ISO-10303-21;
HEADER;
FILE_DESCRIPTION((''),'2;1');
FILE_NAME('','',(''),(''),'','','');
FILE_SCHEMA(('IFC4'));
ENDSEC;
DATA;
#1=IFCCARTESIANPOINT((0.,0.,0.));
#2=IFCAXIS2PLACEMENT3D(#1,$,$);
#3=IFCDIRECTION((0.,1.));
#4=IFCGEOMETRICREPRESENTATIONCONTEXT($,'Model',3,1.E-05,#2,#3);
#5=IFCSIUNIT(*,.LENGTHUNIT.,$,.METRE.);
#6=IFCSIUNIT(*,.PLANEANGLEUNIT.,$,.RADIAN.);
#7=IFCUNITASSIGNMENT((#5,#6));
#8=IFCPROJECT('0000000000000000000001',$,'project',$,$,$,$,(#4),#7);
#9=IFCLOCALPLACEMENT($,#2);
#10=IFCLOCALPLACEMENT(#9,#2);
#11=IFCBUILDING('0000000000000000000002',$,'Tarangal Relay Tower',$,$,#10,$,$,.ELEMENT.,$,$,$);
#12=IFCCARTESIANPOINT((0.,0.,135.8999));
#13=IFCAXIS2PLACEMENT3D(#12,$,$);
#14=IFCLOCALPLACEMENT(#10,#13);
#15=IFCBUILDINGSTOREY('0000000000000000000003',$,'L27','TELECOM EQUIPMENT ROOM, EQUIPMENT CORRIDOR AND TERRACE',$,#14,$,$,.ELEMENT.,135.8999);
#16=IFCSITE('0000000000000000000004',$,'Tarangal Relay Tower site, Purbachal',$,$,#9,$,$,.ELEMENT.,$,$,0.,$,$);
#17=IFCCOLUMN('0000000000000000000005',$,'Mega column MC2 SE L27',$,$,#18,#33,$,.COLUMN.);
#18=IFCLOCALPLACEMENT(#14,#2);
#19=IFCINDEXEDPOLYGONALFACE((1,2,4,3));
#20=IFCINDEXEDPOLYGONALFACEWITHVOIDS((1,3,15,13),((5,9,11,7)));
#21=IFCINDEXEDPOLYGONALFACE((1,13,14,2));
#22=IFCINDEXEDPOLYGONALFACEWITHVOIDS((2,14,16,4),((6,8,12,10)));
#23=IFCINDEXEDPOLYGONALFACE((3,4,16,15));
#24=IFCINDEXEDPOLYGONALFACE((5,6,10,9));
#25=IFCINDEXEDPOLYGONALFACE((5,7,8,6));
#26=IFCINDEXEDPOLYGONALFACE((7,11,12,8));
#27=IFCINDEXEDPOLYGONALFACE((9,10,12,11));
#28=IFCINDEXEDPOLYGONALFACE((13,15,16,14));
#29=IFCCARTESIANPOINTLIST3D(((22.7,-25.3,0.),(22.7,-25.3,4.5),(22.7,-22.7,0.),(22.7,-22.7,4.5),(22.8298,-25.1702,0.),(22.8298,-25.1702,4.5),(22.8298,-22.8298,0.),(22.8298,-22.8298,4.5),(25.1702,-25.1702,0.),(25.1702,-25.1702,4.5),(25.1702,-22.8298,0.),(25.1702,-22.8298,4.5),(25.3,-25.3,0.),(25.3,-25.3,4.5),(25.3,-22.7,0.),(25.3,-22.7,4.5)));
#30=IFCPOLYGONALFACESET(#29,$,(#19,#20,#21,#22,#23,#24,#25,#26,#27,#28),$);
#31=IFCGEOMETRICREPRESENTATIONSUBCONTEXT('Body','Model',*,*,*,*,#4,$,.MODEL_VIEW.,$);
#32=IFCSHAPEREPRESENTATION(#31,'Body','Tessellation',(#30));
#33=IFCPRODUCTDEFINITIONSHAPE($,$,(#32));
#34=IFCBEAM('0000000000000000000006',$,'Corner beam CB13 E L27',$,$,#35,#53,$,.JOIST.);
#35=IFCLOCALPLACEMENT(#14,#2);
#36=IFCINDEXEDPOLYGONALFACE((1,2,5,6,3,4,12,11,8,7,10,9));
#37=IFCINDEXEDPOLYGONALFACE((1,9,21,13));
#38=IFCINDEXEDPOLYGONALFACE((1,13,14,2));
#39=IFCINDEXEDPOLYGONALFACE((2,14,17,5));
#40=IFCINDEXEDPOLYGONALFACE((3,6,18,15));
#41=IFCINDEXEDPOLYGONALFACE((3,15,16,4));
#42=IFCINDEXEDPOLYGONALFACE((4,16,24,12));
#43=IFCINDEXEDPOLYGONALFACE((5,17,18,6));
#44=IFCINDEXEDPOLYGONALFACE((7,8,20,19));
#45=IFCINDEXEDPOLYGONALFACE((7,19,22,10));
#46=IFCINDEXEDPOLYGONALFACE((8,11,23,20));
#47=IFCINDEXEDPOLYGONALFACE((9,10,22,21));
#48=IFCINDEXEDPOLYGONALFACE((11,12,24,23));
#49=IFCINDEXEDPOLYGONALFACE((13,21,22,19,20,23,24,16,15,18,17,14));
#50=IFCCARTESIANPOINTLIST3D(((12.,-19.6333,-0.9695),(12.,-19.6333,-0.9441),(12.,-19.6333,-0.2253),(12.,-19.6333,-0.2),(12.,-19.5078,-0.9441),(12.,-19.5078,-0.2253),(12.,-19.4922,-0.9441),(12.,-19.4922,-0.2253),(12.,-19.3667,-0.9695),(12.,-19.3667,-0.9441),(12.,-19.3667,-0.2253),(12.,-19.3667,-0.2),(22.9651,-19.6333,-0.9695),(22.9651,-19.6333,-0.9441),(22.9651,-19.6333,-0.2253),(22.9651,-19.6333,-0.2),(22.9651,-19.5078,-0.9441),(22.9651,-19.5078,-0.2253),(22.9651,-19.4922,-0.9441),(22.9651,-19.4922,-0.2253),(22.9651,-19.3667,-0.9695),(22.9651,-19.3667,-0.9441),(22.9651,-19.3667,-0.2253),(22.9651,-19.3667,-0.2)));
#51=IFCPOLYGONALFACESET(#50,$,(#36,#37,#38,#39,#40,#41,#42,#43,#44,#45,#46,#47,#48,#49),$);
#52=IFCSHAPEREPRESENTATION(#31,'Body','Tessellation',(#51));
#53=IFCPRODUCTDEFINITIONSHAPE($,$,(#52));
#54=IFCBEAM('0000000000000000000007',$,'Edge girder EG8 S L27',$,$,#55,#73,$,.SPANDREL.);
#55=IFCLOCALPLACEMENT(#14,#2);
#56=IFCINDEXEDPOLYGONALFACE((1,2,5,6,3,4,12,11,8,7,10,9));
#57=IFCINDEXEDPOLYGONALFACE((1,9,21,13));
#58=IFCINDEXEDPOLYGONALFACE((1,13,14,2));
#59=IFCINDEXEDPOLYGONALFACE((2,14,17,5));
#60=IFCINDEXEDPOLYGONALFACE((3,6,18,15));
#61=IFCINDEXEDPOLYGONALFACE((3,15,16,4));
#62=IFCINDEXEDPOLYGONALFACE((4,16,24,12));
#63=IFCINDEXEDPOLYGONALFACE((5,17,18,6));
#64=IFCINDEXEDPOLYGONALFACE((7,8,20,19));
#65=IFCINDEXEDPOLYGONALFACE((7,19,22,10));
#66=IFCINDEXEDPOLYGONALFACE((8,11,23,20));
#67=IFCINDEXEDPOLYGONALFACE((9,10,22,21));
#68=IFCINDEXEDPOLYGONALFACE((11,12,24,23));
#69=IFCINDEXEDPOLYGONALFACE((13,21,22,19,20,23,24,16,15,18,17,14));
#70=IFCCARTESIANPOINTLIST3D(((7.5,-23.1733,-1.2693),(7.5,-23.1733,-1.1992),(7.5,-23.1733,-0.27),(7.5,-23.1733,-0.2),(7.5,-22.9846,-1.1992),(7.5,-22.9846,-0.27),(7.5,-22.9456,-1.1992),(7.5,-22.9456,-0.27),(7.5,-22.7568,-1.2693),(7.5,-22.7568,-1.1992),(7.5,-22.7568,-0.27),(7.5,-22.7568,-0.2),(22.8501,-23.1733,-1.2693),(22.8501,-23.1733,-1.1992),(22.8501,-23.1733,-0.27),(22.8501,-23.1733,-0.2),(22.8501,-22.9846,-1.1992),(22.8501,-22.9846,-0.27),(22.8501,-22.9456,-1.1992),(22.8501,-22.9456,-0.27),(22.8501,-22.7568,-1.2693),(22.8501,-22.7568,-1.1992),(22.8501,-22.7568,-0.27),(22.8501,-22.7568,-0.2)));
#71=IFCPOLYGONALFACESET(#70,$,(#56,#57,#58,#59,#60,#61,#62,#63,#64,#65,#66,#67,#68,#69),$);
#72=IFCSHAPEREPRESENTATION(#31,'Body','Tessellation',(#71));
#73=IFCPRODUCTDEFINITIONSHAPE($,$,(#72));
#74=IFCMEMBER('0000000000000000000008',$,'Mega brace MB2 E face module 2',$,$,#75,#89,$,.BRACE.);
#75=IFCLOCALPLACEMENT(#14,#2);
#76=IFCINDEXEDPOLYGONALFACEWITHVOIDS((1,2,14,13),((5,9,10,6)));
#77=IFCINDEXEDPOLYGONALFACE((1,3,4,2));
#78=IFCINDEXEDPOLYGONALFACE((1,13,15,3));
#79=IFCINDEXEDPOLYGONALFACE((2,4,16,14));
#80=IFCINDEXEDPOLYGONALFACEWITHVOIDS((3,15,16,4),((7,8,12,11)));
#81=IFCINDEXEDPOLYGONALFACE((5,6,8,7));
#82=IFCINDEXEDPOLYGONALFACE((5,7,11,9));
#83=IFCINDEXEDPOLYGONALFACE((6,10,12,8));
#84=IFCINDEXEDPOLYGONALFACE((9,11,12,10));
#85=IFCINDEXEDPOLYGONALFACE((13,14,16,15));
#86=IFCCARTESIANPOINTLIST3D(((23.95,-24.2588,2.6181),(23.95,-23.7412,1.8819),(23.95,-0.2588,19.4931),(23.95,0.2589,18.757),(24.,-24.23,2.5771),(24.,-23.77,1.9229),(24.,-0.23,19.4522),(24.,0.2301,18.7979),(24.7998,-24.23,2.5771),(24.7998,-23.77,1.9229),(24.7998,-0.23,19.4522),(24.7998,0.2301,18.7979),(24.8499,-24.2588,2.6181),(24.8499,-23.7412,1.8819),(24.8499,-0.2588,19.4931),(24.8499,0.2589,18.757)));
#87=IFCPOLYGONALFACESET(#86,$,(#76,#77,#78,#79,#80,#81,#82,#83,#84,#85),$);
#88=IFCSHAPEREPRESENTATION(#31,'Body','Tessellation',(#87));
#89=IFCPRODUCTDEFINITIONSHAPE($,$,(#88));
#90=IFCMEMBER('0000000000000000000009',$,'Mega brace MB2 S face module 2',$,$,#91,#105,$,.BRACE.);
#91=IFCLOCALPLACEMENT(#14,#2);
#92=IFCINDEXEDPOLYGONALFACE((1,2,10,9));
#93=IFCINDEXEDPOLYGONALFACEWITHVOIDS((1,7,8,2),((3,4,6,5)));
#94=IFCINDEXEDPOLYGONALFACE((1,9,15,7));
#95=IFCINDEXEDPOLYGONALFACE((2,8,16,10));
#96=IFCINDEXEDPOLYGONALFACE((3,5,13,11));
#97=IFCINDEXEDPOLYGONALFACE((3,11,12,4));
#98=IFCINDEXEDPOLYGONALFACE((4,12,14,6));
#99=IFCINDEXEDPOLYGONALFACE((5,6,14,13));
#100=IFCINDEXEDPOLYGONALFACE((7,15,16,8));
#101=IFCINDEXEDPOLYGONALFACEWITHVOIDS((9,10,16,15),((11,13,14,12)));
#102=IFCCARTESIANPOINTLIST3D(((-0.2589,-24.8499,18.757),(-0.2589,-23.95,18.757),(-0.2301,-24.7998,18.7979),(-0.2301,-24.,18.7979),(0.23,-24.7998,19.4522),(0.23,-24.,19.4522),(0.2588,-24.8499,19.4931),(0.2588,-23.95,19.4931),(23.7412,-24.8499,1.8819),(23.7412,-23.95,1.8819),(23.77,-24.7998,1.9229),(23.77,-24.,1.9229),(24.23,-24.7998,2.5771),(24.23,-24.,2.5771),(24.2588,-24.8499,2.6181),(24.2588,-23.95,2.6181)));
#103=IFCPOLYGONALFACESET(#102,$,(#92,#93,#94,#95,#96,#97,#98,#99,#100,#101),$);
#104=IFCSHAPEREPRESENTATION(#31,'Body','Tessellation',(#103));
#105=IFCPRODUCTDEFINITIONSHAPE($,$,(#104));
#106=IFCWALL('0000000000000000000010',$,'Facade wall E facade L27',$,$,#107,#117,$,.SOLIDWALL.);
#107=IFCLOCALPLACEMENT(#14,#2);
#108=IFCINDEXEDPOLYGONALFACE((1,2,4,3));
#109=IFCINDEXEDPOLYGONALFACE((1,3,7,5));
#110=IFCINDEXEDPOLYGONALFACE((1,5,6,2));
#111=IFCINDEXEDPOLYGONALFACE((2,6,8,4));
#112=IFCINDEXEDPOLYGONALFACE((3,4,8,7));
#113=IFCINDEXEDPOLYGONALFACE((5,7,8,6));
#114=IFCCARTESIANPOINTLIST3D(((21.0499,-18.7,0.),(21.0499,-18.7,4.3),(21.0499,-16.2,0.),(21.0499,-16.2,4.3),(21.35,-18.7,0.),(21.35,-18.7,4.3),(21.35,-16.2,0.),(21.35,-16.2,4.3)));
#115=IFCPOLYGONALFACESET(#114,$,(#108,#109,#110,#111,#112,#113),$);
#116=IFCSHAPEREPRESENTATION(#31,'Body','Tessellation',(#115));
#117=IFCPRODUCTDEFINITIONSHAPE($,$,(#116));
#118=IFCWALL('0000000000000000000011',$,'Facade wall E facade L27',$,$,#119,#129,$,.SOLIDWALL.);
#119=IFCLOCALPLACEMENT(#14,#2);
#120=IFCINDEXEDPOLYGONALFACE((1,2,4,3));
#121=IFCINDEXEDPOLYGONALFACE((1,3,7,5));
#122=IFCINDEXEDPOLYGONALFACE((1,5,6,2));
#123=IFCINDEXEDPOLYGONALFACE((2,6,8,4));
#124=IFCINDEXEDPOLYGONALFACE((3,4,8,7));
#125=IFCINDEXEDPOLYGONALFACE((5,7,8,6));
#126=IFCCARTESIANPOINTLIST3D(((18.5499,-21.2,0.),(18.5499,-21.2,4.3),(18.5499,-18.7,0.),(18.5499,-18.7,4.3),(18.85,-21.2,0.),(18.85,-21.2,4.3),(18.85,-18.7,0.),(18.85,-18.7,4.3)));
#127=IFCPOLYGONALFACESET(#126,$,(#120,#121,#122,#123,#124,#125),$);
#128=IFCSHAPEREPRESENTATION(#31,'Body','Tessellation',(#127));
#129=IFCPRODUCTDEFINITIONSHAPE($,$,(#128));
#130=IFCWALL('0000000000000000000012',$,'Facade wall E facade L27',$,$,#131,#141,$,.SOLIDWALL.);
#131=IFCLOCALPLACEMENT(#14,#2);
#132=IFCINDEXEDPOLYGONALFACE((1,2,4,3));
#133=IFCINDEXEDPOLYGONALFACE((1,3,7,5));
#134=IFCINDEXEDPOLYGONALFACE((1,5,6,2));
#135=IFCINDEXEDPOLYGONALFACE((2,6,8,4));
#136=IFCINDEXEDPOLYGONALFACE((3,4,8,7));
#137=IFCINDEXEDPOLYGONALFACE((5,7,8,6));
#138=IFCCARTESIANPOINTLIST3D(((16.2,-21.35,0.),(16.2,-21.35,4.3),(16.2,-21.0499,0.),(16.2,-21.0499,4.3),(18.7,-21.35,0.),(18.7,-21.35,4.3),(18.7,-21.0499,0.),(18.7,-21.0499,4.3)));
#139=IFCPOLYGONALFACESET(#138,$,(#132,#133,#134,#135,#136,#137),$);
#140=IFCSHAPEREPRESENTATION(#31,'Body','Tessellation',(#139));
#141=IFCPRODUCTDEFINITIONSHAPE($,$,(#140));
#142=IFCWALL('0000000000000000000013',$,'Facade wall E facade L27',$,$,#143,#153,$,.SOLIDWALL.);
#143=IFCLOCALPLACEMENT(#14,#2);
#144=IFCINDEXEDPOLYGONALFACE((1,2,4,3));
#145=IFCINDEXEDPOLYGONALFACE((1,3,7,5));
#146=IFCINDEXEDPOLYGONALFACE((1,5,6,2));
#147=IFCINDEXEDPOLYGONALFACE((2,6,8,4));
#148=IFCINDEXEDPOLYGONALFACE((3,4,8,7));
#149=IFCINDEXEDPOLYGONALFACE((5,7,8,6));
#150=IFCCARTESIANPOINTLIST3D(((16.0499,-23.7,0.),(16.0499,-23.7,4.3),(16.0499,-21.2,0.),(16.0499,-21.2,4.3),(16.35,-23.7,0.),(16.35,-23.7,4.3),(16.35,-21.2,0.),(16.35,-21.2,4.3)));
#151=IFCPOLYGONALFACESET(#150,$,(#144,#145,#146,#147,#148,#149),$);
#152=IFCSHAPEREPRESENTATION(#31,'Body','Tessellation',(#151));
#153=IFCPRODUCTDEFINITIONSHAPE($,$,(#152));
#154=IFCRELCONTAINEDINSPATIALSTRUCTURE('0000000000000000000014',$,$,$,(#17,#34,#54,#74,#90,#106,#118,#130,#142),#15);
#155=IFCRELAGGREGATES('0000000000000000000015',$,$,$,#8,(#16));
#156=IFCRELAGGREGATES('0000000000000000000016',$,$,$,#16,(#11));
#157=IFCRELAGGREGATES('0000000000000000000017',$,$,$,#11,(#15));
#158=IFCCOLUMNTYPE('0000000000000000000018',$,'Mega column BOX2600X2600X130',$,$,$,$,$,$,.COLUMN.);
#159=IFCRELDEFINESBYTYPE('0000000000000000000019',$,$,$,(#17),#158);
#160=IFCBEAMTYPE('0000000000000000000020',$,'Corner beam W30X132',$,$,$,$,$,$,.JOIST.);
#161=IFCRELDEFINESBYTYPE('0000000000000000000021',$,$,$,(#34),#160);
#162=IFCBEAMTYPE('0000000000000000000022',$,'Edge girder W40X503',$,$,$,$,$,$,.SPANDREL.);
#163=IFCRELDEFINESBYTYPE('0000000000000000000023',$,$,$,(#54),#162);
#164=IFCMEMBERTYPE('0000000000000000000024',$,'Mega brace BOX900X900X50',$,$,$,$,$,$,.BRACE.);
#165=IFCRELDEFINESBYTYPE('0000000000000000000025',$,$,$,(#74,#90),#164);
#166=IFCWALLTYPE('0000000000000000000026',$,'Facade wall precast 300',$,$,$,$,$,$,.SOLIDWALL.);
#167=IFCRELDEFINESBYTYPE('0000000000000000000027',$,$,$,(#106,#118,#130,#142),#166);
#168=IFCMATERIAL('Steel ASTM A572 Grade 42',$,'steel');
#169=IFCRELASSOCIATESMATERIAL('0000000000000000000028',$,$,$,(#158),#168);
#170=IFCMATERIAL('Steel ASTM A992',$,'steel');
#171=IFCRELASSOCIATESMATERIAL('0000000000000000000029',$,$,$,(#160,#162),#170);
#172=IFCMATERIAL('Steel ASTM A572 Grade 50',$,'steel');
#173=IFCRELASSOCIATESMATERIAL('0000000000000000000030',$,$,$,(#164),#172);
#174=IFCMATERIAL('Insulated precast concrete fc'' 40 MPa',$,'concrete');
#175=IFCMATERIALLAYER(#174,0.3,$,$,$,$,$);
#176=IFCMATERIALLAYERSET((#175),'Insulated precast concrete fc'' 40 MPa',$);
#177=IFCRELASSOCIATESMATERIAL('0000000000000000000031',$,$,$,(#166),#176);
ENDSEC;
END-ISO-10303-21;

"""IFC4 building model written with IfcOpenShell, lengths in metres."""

from ifc_helpers import new_model, si_unit, direction, frame, frame_2d, origin, origin_2d, place, context, subcontext, project, spatial, rectangle, hollow_rectangle, i_section, extrude, material, layer, layer_set, material_profile, profile_set, type_object, element, save


model = new_model("IFC4")

# Units and contexts
model_context = context("Model", 3, precision=1e-05, world=origin(), true_north=direction((0.0, 1.0)))
body_context = subcontext(model_context, "Body", "Model", "MODEL_VIEW")
ifc_project = project(units=[si_unit("LENGTHUNIT", "METRE"), si_unit("PLANEANGLEUNIT", "RADIAN")], contexts=[model_context])

# Site, building, storey
site_placement = place(None, origin())
site = spatial("IfcSite", under=ifc_project, at=site_placement, Name="Tarangal Relay Tower site, Purbachal", CompositionType="ELEMENT", RefElevation=0.0)
building_placement = place(site_placement, origin())
building = spatial("IfcBuilding", under=site, at=building_placement, Name="Tarangal Relay Tower", CompositionType="ELEMENT")
storey_placement = place(building_placement, frame((0.0, 0.0, 135.8999)))
storey = spatial("IfcBuildingStorey", under=building, at=storey_placement, Name="L27", Description="TELECOM EQUIPMENT ROOM, EQUIPMENT CORRIDOR AND TERRACE", CompositionType="ELEMENT", Elevation=135.8999)

# Column
ifc_material_1 = material(Name="Steel ASTM A572 Grade 42", Category="steel")
ifc_material_profile_1 = material_profile(ifc_material_1, hollow_rectangle(XDim=2.6001, YDim=2.6001, WallThickness=0.1299, at=origin_2d()), Name="BOX2600X2600X130")
ifc_profile_set_1 = profile_set([ifc_material_profile_1], Name="Steel ASTM A572 Grade 42")
column_type = type_object("IfcColumnType", Name="Mega column BOX2600X2600X130", PredefinedType="COLUMN", material=ifc_profile_set_1)
column_placement = place(storey_placement, frame((24.0, -24.0, 0.0), z_axis=(0.0, 0.0, 1.0), x_axis=(1.0, 0.0, 0.0)))
element("IfcColumn", 1, at=column_placement, inside=storey, type_object=column_type, Name="Mega column MC2 SE L27", PredefinedType="COLUMN", context=body_context, shape_type="SweptSolid", body=[
    extrude(hollow_rectangle(XDim=2.6001, YDim=2.6001, WallThickness=0.1299, at=origin_2d()), origin(), (0.0, 0.0, 1.0), 4.5),
])

# Beams
ifc_material_2 = material(Name="Steel ASTM A992", Category="steel")
ifc_material_profile_2 = material_profile(ifc_material_2, i_section(OverallWidth=0.2666, OverallDepth=0.7695, WebThickness=0.0156, FlangeThickness=0.0254, at=origin_2d()), Name="W30X132")
ifc_profile_set_2 = profile_set([ifc_material_profile_2], Name="Steel ASTM A992")
beam_type_1 = type_object("IfcBeamType", Name="Corner beam W30X132", PredefinedType="JOIST", material=ifc_profile_set_2)
beam_1_placement = place(storey_placement, frame((12.0, -19.5, -0.5847), z_axis=(1.0, 0.0, 0.0), x_axis=(0.0, 1.0, 0.0)))
element("IfcBeam", 2, at=beam_1_placement, inside=storey, type_object=beam_type_1, Name="Corner beam CB13 E L27", PredefinedType="JOIST", context=body_context, shape_type="SweptSolid", body=[
    extrude(i_section(OverallWidth=0.2666, OverallDepth=0.7695, WebThickness=0.0156, FlangeThickness=0.0254, at=origin_2d()), origin(), (0.0, 0.0, 1.0), 10.9651),
])
ifc_material_profile_3 = material_profile(ifc_material_2, i_section(OverallWidth=0.4165, OverallDepth=1.0693, WebThickness=0.0391, FlangeThickness=0.0701, at=origin_2d()), Name="W40X503")
ifc_profile_set_3 = profile_set([ifc_material_profile_3], Name="Steel ASTM A992")
beam_type_2 = type_object("IfcBeamType", Name="Edge girder W40X503", PredefinedType="SPANDREL", material=ifc_profile_set_3)
beam_2_placement = place(storey_placement, frame((22.8501, -22.9651, -0.7346), z_axis=(-1.0, 0.0, 0.0), x_axis=(0.0, -1.0, 0.0)))
element("IfcBeam", 3, at=beam_2_placement, inside=storey, type_object=beam_type_2, Name="Edge girder EG8 S L27", PredefinedType="SPANDREL", context=body_context, shape_type="SweptSolid", body=[
    extrude(i_section(OverallWidth=0.4165, OverallDepth=1.0693, WebThickness=0.0391, FlangeThickness=0.0701, at=origin_2d()), origin(), (0.0, 0.0, 1.0), 15.3501),
])

# Members
ifc_material_3 = material(Name="Steel ASTM A572 Grade 50", Category="steel")
ifc_material_profile_4 = material_profile(ifc_material_3, hollow_rectangle(XDim=0.8999, YDim=0.8999, WallThickness=0.05, at=origin_2d()), Name="BOX900X900X50")
ifc_profile_set_4 = profile_set([ifc_material_profile_4], Name="Steel ASTM A572 Grade 50")
member_type = type_object("IfcMemberType", Name="Mega brace BOX900X900X50", PredefinedType="BRACE", material=ifc_profile_set_4)
for number, where, z_axis, x_axis, name in (
    (4, (24.3999, -24.0, 2.25), (0.0, 0.818029, 0.575177), (-1.0, 0.0, 0.0), "Mega brace MB2 E face module 2"),
    (5, (24.0, -24.3999, 2.25), (-0.818029, 0.0, 0.575177), (0.0, -1.0, 0.0), "Mega brace MB2 S face module 2"),
):
    element("IfcMember", number, at=place(storey_placement, frame(where, z_axis=z_axis, x_axis=x_axis)), inside=storey, type_object=member_type, Name=name, PredefinedType="BRACE", context=body_context, shape_type="SweptSolid", body=[
        extrude(hollow_rectangle(XDim=0.8999, YDim=0.8999, WallThickness=0.05, at=origin_2d()), origin(), (0.0, 0.0, 1.0), 29.3389),
    ])

# Wall
ifc_material_4 = material(Name="Insulated precast concrete fc' 40 MPa", Category="concrete")
ifc_layer_1 = layer(ifc_material_4, 0.3)
ifc_layer_set_1 = layer_set([ifc_layer_1], Name="Insulated precast concrete fc' 40 MPa")
wall_type_1 = type_object("IfcWallType", Name="Facade wall precast 300", PredefinedType="SOLIDWALL", material=ifc_layer_set_1)
wall_1_placement = place(storey_placement, frame((21.2, -16.2, 0.0), z_axis=(0.0, 0.0, 1.0), x_axis=(0.0, -1.0, 0.0)))
element("IfcWall", 6, at=wall_1_placement, inside=storey, type_object=wall_type_1, Name="Facade wall E facade L27", PredefinedType="SOLIDWALL", context=body_context, shape_type="SweptSolid", body=[
    extrude(rectangle(XDim=2.5, YDim=0.3, at=frame_2d((1.25, 0.0))), origin(), (0.0, 0.0, 1.0), 4.3),
])

# Walls
for number, where, z_axis, x_axis, name in (
    (7, (18.7, -18.7, 0.0), (0.0, 0.0, 1.0), (0.0, -1.0, 0.0), "Facade wall E facade L27"),
    (8, (18.7, -21.2, 0.0), (0.0, 0.0, 1.0), (-1.0, 0.0, 0.0), "Facade wall E facade L27"),
    (9, (16.2, -21.2, 0.0), (0.0, 0.0, 1.0), (0.0, -1.0, 0.0), "Facade wall E facade L27"),
):
    element("IfcWall", number, at=place(storey_placement, frame(where, z_axis=z_axis, x_axis=x_axis)), inside=storey, type_object=wall_type_1, Name=name, PredefinedType="SOLIDWALL", context=body_context, shape_type="SweptSolid", body=[
        extrude(rectangle(XDim=2.5, YDim=0.3, at=frame_2d((1.25, 0.0))), origin(), (0.0, 0.0, 1.0), 4.3),
    ])

save(model, "model.ifc")
